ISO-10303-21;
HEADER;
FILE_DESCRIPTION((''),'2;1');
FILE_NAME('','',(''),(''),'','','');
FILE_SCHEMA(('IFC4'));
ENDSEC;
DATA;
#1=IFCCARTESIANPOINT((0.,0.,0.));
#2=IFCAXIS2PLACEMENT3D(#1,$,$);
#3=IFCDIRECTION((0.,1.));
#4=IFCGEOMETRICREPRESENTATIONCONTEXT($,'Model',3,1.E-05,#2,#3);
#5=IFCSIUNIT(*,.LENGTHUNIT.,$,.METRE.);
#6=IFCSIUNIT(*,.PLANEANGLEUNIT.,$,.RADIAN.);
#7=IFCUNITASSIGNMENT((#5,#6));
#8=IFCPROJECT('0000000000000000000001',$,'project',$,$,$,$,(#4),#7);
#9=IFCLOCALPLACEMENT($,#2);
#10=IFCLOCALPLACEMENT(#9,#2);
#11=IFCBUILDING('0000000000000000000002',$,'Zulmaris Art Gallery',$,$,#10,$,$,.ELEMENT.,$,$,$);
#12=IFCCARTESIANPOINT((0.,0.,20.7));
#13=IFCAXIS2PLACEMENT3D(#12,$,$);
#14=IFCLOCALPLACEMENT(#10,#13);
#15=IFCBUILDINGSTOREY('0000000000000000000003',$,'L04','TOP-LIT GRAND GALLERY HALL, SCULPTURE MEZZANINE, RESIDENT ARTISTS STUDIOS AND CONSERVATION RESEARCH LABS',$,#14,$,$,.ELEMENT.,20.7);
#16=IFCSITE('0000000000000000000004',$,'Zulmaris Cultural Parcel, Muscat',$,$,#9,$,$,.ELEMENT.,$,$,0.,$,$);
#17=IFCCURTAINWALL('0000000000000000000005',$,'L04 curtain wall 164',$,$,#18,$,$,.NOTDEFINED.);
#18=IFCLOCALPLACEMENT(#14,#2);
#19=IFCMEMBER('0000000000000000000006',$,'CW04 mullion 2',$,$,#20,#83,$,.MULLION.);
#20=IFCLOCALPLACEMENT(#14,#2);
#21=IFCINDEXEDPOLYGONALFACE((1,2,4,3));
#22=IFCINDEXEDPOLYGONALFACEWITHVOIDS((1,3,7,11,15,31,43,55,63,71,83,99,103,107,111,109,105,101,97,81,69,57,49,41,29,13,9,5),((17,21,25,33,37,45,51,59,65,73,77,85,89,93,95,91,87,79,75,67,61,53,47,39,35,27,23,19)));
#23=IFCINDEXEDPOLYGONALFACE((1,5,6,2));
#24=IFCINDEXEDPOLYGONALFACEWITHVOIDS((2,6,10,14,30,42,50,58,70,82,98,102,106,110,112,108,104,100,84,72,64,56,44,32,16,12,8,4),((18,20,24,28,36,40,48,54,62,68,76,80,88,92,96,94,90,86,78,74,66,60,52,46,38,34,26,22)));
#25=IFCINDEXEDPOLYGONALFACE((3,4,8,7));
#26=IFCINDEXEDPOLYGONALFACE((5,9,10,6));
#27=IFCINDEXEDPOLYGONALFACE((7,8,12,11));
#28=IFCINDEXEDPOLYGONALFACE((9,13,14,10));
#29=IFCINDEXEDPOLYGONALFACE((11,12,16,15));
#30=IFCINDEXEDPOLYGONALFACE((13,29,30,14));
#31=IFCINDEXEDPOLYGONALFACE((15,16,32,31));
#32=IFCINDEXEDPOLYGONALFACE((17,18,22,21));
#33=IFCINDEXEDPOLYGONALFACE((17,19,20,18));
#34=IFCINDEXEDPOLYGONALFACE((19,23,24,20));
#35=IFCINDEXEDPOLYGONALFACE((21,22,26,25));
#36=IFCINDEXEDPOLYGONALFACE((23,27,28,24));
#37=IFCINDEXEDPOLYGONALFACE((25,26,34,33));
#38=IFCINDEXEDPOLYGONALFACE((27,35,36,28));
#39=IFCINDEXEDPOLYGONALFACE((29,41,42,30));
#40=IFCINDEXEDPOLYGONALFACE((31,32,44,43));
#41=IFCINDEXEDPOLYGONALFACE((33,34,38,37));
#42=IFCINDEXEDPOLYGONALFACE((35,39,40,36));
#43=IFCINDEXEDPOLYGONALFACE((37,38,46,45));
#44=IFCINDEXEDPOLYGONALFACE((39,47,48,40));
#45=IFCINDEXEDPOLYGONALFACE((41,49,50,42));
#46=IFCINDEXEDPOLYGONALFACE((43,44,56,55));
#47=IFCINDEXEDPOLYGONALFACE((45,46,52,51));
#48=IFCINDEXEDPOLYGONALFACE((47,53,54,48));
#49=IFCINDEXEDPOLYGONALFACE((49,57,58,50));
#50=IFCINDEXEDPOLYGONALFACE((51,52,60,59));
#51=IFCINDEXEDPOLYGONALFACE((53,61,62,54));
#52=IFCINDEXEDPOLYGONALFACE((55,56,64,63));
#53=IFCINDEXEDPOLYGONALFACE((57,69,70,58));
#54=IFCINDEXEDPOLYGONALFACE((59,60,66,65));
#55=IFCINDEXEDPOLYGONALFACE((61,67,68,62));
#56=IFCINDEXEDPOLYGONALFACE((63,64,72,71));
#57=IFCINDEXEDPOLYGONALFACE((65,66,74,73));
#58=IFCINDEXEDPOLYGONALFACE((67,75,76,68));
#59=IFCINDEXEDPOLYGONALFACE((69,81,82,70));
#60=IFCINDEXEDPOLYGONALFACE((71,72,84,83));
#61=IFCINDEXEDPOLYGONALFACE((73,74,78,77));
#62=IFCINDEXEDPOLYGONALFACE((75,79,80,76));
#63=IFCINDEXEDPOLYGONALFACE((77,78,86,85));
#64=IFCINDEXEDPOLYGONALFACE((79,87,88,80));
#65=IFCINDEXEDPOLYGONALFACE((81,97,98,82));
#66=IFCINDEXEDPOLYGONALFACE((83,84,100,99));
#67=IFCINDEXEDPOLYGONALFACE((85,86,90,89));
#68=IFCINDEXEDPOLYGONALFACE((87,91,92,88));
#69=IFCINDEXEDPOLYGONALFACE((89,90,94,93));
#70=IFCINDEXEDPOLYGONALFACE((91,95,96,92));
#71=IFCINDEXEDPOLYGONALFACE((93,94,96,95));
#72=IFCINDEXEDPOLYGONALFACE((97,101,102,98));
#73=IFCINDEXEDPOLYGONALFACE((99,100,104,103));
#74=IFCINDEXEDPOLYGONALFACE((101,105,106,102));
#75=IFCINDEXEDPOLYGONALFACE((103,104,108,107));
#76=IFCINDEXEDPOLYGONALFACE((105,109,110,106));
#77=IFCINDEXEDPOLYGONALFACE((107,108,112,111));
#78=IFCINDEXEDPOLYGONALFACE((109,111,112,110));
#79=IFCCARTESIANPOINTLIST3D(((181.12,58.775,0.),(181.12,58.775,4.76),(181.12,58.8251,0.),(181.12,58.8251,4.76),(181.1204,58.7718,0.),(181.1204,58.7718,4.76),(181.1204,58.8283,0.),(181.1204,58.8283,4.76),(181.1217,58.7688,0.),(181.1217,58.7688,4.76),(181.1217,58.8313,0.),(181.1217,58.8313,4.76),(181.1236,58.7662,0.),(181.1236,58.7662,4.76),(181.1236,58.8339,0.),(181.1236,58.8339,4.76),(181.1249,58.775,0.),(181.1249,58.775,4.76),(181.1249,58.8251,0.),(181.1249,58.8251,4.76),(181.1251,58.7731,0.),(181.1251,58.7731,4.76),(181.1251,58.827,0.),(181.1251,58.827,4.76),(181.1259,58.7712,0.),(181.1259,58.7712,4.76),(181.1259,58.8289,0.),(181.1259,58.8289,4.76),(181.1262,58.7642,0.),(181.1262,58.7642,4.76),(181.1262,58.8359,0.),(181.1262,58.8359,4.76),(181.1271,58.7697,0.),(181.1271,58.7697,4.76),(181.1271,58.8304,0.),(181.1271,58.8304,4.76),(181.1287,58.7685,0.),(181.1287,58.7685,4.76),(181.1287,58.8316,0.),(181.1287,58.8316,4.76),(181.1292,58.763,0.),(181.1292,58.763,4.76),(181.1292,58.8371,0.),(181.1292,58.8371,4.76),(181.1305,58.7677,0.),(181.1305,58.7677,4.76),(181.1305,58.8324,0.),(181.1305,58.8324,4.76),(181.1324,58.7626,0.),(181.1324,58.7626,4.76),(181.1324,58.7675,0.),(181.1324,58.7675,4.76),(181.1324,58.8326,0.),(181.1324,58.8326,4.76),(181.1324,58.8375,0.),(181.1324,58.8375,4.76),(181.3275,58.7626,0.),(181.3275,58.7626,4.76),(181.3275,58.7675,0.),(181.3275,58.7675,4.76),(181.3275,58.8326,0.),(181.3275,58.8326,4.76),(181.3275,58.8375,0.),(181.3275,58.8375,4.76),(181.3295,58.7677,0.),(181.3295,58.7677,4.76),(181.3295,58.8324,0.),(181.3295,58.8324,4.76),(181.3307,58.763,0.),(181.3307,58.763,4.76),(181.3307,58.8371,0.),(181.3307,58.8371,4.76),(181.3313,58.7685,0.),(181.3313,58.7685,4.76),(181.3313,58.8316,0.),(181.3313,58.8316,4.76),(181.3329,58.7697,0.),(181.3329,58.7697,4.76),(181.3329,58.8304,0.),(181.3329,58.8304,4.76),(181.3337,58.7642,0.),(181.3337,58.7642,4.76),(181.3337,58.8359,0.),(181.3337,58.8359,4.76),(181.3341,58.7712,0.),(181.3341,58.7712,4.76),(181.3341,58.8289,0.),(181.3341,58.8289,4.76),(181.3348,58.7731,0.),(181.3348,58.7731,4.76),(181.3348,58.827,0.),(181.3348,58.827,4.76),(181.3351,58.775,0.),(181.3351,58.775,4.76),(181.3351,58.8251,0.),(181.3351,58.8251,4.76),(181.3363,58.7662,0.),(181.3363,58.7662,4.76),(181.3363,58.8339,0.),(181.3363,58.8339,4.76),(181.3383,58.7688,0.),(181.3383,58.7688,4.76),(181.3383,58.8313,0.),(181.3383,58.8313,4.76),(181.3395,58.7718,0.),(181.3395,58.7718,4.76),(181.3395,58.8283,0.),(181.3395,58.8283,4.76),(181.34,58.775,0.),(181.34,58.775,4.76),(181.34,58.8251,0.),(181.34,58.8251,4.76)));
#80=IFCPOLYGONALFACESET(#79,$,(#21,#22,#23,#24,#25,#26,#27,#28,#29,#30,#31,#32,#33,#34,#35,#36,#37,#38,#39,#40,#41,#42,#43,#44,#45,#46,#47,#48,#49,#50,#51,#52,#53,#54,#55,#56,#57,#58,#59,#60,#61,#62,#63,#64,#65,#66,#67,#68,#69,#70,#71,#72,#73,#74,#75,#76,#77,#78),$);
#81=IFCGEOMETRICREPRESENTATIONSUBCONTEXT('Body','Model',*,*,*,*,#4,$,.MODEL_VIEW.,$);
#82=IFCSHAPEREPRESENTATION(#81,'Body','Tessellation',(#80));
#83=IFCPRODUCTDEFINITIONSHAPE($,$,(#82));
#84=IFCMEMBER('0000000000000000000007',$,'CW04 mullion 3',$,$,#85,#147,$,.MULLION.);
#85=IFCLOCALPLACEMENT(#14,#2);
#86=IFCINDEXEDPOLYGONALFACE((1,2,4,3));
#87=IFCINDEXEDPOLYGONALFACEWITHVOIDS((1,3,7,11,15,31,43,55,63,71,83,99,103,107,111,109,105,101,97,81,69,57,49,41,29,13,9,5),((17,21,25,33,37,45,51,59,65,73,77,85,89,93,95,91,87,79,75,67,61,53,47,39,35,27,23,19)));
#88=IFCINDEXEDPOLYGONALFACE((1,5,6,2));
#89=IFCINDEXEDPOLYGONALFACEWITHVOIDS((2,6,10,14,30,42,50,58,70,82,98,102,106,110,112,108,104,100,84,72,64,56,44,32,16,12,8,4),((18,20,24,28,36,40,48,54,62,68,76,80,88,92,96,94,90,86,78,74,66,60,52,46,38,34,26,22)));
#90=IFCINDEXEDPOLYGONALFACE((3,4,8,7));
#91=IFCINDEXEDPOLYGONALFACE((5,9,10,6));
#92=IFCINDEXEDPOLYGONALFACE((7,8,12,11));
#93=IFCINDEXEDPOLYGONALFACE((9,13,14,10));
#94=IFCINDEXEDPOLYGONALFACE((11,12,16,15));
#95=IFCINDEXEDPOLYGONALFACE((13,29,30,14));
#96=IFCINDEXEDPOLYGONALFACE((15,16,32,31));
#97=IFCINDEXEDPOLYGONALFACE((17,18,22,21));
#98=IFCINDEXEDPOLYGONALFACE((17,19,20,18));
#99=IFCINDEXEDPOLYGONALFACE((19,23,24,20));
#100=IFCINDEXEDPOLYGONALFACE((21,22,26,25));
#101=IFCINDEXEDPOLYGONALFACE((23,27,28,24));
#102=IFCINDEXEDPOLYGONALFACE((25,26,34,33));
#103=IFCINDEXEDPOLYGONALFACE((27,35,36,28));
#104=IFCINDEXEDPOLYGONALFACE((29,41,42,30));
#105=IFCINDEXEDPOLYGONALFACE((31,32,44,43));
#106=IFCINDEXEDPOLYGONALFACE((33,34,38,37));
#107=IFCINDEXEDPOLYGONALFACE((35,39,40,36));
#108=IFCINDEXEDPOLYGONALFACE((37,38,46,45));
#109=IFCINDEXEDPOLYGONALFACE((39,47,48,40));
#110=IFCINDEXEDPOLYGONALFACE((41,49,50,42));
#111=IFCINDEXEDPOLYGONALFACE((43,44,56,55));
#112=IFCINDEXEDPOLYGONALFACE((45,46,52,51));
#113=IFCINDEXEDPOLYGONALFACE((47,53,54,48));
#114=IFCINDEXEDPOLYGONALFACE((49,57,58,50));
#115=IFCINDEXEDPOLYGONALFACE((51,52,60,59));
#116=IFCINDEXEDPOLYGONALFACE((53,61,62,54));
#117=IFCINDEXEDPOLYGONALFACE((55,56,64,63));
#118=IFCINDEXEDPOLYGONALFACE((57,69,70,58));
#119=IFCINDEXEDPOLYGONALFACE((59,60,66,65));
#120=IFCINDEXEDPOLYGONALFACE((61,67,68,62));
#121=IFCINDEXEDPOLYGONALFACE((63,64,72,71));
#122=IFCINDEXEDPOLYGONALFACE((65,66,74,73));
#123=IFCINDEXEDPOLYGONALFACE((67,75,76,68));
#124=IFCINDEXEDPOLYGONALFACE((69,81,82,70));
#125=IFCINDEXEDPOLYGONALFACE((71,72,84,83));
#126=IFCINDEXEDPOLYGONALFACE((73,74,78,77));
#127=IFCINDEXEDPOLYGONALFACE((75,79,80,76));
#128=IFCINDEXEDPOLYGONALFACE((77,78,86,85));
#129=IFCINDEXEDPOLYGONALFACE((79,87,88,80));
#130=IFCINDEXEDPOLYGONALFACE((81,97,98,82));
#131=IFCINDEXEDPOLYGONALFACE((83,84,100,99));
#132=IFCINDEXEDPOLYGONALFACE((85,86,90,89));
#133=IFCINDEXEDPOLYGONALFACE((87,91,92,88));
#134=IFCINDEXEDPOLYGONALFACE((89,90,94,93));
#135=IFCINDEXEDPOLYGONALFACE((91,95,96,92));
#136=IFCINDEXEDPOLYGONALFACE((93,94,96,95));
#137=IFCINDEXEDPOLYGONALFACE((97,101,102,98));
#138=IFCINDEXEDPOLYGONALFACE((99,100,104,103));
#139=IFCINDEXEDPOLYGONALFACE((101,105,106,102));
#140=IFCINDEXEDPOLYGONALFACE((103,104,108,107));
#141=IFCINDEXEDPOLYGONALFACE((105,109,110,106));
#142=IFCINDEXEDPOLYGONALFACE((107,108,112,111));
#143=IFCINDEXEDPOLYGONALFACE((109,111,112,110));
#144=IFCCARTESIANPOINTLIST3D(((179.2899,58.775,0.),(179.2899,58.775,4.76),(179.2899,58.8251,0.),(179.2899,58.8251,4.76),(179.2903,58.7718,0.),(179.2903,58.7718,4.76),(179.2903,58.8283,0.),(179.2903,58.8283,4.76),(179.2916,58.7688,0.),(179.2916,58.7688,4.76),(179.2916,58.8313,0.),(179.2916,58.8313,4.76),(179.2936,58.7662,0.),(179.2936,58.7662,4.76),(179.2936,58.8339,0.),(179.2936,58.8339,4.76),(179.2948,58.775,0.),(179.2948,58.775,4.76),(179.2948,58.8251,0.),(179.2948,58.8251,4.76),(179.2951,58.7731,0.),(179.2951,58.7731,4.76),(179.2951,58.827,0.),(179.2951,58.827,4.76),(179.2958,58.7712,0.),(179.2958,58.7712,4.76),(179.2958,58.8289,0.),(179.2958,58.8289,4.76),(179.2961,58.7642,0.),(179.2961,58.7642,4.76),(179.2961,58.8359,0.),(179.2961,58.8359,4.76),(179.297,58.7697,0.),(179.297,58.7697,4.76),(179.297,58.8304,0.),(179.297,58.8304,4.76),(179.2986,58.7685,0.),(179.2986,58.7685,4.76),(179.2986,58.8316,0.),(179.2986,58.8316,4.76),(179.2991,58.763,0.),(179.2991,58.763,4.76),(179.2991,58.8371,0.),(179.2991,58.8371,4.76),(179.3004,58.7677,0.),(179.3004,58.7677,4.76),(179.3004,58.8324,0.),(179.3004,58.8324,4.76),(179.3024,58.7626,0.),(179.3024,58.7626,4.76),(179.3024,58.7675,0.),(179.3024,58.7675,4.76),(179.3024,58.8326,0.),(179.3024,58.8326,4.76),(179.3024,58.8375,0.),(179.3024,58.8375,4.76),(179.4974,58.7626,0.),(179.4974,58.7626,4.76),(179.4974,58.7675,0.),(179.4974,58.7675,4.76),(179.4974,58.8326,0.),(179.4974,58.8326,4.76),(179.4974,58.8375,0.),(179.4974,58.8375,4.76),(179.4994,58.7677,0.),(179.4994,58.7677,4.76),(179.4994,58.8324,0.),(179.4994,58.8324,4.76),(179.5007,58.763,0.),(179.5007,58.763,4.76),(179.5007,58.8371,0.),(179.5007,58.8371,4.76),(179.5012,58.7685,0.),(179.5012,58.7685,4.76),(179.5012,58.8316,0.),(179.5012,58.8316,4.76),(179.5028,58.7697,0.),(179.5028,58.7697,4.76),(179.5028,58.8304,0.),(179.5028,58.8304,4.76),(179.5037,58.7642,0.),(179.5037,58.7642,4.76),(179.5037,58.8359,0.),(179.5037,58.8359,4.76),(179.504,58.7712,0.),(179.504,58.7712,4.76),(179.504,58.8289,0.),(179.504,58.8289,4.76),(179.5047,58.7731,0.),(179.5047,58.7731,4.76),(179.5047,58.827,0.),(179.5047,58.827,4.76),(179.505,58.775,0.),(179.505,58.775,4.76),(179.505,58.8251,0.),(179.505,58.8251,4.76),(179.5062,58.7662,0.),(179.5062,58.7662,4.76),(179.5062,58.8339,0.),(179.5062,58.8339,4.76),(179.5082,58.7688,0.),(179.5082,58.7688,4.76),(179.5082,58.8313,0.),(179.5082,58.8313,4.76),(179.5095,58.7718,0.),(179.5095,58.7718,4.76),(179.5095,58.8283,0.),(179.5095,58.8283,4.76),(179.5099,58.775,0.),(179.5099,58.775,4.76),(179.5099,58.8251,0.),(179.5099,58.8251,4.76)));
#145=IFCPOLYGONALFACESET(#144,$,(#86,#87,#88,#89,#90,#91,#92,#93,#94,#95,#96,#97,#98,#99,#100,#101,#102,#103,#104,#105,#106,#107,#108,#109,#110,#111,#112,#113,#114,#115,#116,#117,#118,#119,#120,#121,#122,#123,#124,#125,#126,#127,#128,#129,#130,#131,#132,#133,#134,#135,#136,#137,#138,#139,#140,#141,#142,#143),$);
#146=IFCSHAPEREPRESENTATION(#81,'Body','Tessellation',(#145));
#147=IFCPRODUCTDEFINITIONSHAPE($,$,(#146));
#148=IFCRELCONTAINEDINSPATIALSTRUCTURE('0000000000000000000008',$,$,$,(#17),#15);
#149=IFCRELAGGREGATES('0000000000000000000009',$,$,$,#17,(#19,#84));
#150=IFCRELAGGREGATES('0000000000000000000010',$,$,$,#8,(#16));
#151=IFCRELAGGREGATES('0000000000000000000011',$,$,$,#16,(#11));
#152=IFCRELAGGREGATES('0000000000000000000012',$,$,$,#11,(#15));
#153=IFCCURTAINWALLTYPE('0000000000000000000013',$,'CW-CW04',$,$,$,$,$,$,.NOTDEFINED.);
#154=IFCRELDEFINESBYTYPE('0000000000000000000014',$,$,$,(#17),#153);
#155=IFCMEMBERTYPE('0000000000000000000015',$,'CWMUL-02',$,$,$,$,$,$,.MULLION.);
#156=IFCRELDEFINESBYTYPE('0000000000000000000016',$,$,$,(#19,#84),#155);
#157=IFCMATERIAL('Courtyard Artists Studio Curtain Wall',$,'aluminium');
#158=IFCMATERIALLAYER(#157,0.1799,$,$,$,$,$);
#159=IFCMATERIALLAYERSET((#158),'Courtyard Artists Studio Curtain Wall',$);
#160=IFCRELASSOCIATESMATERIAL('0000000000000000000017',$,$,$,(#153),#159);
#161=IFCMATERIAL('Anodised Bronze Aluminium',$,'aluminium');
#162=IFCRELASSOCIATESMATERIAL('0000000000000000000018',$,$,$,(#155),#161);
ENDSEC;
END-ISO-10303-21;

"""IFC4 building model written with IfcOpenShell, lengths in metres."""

from ifc_helpers import new_model, si_unit, direction, frame, origin, origin_2d, place, context, subcontext, project, spatial, hollow_rectangle, extrude, material, layer, layer_set, material_profile, profile_set, type_object, element, aggregate, save


model = new_model("IFC4")

# Units and contexts
model_context = context("Model", 3, precision=1e-05, world=origin(), true_north=direction((0.0, 1.0)))
body_context = subcontext(model_context, "Body", "Model", "MODEL_VIEW")
ifc_project = project(units=[si_unit("LENGTHUNIT", "METRE"), si_unit("PLANEANGLEUNIT", "RADIAN")], contexts=[model_context])

# Site, building, storey
site_placement = place(None, origin())
site = spatial("IfcSite", under=ifc_project, at=site_placement, Name="Zulmaris Cultural Parcel, Muscat", CompositionType="ELEMENT", RefElevation=0.0)
building_placement = place(site_placement, origin())
building = spatial("IfcBuilding", under=site, at=building_placement, Name="Zulmaris Art Gallery", CompositionType="ELEMENT")
storey_placement = place(building_placement, frame((0.0, 0.0, 20.7)))
storey = spatial("IfcBuildingStorey", under=building, at=storey_placement, Name="L04", Description="TOP-LIT GRAND GALLERY HALL, SCULPTURE MEZZANINE, RESIDENT ARTISTS STUDIOS AND CONSERVATION RESEARCH LABS", CompositionType="ELEMENT", Elevation=20.7)

# Shared definitions
ifc_material_1 = material(Name="Courtyard Artists Studio Curtain Wall", Category="aluminium")
ifc_layer_1 = layer(ifc_material_1, 0.1799)
ifc_layer_set_1 = layer_set([ifc_layer_1], Name="Courtyard Artists Studio Curtain Wall")
curtain_wall_type = type_object("IfcCurtainWallType", Name="CW-CW04", PredefinedType="NOTDEFINED", material=ifc_layer_set_1)
ifc_material_2 = material(Name="Anodised Bronze Aluminium", Category="aluminium")
ifc_material_profile_1 = material_profile(ifc_material_2, hollow_rectangle(XDim=0.075, YDim=0.22, WallThickness=0.0049, InnerFilletRadius=0.0076, OuterFilletRadius=0.0125, at=origin_2d()), Name="ALU 75x220x5")
ifc_profile_set_1 = profile_set([ifc_material_profile_1], Name="Anodised Bronze Aluminium")
member_type_1 = type_object("IfcMemberType", Name="CWMUL-02", PredefinedType="MULLION", material=ifc_profile_set_1)

# Curtain wall, members
curtain_wall_1_placement = place(storey_placement, origin())
curtain_wall_1 = element("IfcCurtainWall", 1, at=curtain_wall_1_placement, inside=storey, type_object=curtain_wall_type, Name="L04 curtain wall 164", PredefinedType="NOTDEFINED")
member_1_placement = place(storey_placement, frame((181.23, 58.8, 0.0), z_axis=(0.0, 0.0, 1.0), x_axis=(0.0, -1.0, 0.0)))
member_1 = element("IfcMember", 2, at=member_1_placement, type_object=member_type_1, Name="CW04 mullion 2", PredefinedType="MULLION", context=body_context, shape_type="SweptSolid", body=[
    extrude(hollow_rectangle(XDim=0.075, YDim=0.22, WallThickness=0.0049, InnerFilletRadius=0.0076, OuterFilletRadius=0.0125, at=origin_2d()), origin(), (0.0, 0.0, 1.0), 4.76),
])
member_2_placement = place(storey_placement, frame((179.3999, 58.8, 0.0), z_axis=(0.0, 0.0, 1.0), x_axis=(0.0, -1.0, 0.0)))
member_2 = element("IfcMember", 3, at=member_2_placement, type_object=member_type_1, Name="CW04 mullion 3", PredefinedType="MULLION", context=body_context, shape_type="SweptSolid", body=[
    extrude(hollow_rectangle(XDim=0.075, YDim=0.22, WallThickness=0.0049, InnerFilletRadius=0.0076, OuterFilletRadius=0.0125, at=origin_2d()), origin(), (0.0, 0.0, 1.0), 4.76),
])
aggregate(curtain_wall_1, [member_1, member_2])

save(model, "model.ifc")
